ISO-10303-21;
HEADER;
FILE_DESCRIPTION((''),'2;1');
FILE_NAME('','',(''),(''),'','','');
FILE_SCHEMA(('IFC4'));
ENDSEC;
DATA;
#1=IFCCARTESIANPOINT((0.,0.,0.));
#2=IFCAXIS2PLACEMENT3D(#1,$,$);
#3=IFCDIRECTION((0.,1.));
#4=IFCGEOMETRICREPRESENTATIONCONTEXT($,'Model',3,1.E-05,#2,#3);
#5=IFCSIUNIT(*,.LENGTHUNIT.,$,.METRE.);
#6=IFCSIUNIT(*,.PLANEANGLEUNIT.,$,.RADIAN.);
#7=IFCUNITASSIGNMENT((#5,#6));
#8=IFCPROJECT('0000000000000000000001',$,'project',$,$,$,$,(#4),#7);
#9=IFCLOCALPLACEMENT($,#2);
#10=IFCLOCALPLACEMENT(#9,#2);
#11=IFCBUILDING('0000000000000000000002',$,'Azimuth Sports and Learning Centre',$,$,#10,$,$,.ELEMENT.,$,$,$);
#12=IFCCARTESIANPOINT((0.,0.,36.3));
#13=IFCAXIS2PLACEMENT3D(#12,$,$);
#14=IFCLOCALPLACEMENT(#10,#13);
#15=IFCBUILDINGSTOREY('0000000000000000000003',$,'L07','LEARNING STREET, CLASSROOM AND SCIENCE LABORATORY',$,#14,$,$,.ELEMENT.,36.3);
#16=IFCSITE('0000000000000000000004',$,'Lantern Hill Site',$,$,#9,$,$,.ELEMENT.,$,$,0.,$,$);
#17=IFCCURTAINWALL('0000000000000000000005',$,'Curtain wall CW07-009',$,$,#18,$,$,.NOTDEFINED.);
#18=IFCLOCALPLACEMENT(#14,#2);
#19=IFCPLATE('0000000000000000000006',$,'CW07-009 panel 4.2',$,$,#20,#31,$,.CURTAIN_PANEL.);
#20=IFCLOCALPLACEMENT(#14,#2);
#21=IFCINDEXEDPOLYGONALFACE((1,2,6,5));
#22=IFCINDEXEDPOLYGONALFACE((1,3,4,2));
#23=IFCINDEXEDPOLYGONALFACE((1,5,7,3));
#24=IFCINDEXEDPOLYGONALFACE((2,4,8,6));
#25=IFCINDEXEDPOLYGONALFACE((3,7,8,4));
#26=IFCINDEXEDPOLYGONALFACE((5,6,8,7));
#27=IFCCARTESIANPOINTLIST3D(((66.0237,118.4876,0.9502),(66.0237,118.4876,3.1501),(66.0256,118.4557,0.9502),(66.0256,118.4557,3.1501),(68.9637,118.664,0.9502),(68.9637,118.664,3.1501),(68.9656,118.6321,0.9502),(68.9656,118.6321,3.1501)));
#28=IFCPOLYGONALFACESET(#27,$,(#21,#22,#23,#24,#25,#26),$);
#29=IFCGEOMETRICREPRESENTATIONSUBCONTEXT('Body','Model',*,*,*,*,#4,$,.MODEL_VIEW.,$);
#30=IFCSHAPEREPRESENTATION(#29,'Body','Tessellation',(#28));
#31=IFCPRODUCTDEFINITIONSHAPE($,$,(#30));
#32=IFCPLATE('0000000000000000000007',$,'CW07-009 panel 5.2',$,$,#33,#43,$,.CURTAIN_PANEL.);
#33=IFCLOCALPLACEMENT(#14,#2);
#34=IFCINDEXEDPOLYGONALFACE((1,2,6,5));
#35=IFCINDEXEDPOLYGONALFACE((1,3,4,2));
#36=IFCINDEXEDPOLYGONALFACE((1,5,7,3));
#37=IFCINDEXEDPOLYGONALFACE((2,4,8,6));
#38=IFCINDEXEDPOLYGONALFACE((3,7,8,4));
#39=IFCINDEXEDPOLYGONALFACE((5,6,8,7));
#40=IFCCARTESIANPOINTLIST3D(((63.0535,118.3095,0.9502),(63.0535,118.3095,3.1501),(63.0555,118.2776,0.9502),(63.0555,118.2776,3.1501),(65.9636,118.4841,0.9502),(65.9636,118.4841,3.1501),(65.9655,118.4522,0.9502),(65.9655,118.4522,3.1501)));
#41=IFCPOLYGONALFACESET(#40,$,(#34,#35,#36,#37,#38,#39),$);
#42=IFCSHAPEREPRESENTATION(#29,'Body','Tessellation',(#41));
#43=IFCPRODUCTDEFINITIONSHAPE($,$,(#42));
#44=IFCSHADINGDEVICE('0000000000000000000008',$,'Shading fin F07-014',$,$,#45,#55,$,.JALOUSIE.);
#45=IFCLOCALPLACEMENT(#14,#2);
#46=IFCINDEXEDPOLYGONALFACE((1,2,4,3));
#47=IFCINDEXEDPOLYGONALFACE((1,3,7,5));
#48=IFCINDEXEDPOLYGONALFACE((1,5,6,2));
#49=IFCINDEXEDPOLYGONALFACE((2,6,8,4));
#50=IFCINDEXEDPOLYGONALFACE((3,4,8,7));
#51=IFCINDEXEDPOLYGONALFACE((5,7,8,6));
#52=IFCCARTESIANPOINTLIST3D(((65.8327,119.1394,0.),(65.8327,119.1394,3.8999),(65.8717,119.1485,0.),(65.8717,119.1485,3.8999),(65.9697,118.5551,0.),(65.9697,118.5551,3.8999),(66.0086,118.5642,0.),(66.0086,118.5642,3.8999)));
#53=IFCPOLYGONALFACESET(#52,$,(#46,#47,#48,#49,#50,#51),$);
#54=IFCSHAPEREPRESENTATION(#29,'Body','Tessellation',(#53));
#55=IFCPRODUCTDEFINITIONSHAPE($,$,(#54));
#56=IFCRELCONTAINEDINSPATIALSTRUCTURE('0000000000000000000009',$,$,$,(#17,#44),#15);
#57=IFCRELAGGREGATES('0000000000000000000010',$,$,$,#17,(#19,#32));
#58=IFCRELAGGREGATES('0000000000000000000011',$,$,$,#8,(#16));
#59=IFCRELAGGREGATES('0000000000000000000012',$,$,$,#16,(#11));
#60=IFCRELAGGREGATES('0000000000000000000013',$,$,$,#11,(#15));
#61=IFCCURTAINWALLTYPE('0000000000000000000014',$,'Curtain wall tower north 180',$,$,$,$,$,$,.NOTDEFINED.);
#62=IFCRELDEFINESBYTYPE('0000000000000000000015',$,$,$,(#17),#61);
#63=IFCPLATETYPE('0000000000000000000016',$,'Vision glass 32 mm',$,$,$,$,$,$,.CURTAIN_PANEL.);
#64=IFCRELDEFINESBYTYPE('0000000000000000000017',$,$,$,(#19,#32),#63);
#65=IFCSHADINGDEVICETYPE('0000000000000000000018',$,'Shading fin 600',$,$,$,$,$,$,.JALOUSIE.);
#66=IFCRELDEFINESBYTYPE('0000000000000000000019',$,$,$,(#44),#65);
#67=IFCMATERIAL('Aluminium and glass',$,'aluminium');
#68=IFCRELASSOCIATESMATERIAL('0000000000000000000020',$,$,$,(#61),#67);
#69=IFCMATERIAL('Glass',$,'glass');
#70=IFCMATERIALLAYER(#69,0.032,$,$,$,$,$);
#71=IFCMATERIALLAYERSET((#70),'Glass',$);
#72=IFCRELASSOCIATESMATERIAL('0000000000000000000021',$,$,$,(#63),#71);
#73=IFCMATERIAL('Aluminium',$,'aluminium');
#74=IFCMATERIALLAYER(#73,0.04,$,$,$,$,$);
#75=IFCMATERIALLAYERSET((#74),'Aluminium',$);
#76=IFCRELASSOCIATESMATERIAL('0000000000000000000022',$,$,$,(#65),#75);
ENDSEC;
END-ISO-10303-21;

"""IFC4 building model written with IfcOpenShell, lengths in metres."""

from ifc_helpers import new_model, si_unit, direction, frame, origin, origin_2d, place, context, subcontext, project, spatial, rectangle, extrude, material, layer, layer_set, type_object, element, aggregate, save


model = new_model("IFC4")

# Units and contexts
model_context = context("Model", 3, precision=1e-05, world=origin(), true_north=direction((0.0, 1.0)))
body_context = subcontext(model_context, "Body", "Model", "MODEL_VIEW")
ifc_project = project(units=[si_unit("LENGTHUNIT", "METRE"), si_unit("PLANEANGLEUNIT", "RADIAN")], contexts=[model_context])

# Site, building, storey
site_placement = place(None, origin())
site = spatial("IfcSite", under=ifc_project, at=site_placement, Name="Lantern Hill Site", CompositionType="ELEMENT", RefElevation=0.0)
building_placement = place(site_placement, origin())
building = spatial("IfcBuilding", under=site, at=building_placement, Name="Azimuth Sports and Learning Centre", CompositionType="ELEMENT")
storey_placement = place(building_placement, frame((0.0, 0.0, 36.3)))
storey = spatial("IfcBuildingStorey", under=building, at=storey_placement, Name="L07", Description="LEARNING STREET, CLASSROOM AND SCIENCE LABORATORY", CompositionType="ELEMENT", Elevation=36.3)

# Curtain wall, plates
ifc_material_1 = material(Name="Aluminium and glass", Category="aluminium")
curtain_wall_type = type_object("IfcCurtainWallType", Name="Curtain wall tower north 180", PredefinedType="NOTDEFINED", material=ifc_material_1)
curtain_wall_placement = place(storey_placement, origin())
curtain_wall = element("IfcCurtainWall", 1, at=curtain_wall_placement, inside=storey, type_object=curtain_wall_type, Name="Curtain wall CW07-009", PredefinedType="NOTDEFINED")
ifc_material_2 = material(Name="Glass", Category="glass")
ifc_layer_1 = layer(ifc_material_2, 0.032)
ifc_layer_set_1 = layer_set([ifc_layer_1], Name="Glass")
plate_type_1 = type_object("IfcPlateType", Name="Vision glass 32 mm", PredefinedType="CURTAIN_PANEL", material=ifc_layer_set_1)
plate_1_placement = place(storey_placement, frame((67.4946, 118.5598, 0.9502), z_axis=(0.0, 0.0, 1.0), x_axis=(-0.998205, -0.059892, 0.0)))
plate_1 = element("IfcPlate", 2, at=plate_1_placement, type_object=plate_type_1, Name="CW07-009 panel 4.2", PredefinedType="CURTAIN_PANEL", context=body_context, shape_type="SweptSolid", body=[
    extrude(rectangle(XDim=2.9453, YDim=0.032, at=origin_2d()), origin(), (0.0, 0.0, 1.0), 2.2),
])
plate_2_placement = place(storey_placement, frame((64.5095, 118.3809, 0.9502), z_axis=(0.0, 0.0, 1.0), x_axis=(-0.998205, -0.059892, 0.0)))
plate_2 = element("IfcPlate", 3, at=plate_2_placement, type_object=plate_type_1, Name="CW07-009 panel 5.2", PredefinedType="CURTAIN_PANEL", context=body_context, shape_type="SweptSolid", body=[
    extrude(rectangle(XDim=2.9153, YDim=0.032, at=origin_2d()), origin(), (0.0, 0.0, 1.0), 2.2),
])
aggregate(curtain_wall, [plate_1, plate_2])

# Shading device
ifc_material_3 = material(Name="Aluminium", Category="aluminium")
ifc_layer_2 = layer(ifc_material_3, 0.04)
ifc_layer_set_2 = layer_set([ifc_layer_2], Name="Aluminium")
shading_device_type = type_object("IfcShadingDeviceType", Name="Shading fin 600", PredefinedType="JALOUSIE", material=ifc_layer_set_2)
shading_device_placement = place(storey_placement, frame((65.9207, 118.8518, 0.0), z_axis=(0.0, 0.0, 1.0), x_axis=(-0.228271, 0.973598, 0.0)))
element("IfcShadingDevice", 4, at=shading_device_placement, inside=storey, type_object=shading_device_type, Name="Shading fin F07-014", PredefinedType="JALOUSIE", context=body_context, shape_type="SweptSolid", body=[
    extrude(rectangle(XDim=0.6001, YDim=0.04, at=origin_2d()), origin(), (0.0, 0.0, 1.0), 3.8999),
])

save(model, "model.ifc")
